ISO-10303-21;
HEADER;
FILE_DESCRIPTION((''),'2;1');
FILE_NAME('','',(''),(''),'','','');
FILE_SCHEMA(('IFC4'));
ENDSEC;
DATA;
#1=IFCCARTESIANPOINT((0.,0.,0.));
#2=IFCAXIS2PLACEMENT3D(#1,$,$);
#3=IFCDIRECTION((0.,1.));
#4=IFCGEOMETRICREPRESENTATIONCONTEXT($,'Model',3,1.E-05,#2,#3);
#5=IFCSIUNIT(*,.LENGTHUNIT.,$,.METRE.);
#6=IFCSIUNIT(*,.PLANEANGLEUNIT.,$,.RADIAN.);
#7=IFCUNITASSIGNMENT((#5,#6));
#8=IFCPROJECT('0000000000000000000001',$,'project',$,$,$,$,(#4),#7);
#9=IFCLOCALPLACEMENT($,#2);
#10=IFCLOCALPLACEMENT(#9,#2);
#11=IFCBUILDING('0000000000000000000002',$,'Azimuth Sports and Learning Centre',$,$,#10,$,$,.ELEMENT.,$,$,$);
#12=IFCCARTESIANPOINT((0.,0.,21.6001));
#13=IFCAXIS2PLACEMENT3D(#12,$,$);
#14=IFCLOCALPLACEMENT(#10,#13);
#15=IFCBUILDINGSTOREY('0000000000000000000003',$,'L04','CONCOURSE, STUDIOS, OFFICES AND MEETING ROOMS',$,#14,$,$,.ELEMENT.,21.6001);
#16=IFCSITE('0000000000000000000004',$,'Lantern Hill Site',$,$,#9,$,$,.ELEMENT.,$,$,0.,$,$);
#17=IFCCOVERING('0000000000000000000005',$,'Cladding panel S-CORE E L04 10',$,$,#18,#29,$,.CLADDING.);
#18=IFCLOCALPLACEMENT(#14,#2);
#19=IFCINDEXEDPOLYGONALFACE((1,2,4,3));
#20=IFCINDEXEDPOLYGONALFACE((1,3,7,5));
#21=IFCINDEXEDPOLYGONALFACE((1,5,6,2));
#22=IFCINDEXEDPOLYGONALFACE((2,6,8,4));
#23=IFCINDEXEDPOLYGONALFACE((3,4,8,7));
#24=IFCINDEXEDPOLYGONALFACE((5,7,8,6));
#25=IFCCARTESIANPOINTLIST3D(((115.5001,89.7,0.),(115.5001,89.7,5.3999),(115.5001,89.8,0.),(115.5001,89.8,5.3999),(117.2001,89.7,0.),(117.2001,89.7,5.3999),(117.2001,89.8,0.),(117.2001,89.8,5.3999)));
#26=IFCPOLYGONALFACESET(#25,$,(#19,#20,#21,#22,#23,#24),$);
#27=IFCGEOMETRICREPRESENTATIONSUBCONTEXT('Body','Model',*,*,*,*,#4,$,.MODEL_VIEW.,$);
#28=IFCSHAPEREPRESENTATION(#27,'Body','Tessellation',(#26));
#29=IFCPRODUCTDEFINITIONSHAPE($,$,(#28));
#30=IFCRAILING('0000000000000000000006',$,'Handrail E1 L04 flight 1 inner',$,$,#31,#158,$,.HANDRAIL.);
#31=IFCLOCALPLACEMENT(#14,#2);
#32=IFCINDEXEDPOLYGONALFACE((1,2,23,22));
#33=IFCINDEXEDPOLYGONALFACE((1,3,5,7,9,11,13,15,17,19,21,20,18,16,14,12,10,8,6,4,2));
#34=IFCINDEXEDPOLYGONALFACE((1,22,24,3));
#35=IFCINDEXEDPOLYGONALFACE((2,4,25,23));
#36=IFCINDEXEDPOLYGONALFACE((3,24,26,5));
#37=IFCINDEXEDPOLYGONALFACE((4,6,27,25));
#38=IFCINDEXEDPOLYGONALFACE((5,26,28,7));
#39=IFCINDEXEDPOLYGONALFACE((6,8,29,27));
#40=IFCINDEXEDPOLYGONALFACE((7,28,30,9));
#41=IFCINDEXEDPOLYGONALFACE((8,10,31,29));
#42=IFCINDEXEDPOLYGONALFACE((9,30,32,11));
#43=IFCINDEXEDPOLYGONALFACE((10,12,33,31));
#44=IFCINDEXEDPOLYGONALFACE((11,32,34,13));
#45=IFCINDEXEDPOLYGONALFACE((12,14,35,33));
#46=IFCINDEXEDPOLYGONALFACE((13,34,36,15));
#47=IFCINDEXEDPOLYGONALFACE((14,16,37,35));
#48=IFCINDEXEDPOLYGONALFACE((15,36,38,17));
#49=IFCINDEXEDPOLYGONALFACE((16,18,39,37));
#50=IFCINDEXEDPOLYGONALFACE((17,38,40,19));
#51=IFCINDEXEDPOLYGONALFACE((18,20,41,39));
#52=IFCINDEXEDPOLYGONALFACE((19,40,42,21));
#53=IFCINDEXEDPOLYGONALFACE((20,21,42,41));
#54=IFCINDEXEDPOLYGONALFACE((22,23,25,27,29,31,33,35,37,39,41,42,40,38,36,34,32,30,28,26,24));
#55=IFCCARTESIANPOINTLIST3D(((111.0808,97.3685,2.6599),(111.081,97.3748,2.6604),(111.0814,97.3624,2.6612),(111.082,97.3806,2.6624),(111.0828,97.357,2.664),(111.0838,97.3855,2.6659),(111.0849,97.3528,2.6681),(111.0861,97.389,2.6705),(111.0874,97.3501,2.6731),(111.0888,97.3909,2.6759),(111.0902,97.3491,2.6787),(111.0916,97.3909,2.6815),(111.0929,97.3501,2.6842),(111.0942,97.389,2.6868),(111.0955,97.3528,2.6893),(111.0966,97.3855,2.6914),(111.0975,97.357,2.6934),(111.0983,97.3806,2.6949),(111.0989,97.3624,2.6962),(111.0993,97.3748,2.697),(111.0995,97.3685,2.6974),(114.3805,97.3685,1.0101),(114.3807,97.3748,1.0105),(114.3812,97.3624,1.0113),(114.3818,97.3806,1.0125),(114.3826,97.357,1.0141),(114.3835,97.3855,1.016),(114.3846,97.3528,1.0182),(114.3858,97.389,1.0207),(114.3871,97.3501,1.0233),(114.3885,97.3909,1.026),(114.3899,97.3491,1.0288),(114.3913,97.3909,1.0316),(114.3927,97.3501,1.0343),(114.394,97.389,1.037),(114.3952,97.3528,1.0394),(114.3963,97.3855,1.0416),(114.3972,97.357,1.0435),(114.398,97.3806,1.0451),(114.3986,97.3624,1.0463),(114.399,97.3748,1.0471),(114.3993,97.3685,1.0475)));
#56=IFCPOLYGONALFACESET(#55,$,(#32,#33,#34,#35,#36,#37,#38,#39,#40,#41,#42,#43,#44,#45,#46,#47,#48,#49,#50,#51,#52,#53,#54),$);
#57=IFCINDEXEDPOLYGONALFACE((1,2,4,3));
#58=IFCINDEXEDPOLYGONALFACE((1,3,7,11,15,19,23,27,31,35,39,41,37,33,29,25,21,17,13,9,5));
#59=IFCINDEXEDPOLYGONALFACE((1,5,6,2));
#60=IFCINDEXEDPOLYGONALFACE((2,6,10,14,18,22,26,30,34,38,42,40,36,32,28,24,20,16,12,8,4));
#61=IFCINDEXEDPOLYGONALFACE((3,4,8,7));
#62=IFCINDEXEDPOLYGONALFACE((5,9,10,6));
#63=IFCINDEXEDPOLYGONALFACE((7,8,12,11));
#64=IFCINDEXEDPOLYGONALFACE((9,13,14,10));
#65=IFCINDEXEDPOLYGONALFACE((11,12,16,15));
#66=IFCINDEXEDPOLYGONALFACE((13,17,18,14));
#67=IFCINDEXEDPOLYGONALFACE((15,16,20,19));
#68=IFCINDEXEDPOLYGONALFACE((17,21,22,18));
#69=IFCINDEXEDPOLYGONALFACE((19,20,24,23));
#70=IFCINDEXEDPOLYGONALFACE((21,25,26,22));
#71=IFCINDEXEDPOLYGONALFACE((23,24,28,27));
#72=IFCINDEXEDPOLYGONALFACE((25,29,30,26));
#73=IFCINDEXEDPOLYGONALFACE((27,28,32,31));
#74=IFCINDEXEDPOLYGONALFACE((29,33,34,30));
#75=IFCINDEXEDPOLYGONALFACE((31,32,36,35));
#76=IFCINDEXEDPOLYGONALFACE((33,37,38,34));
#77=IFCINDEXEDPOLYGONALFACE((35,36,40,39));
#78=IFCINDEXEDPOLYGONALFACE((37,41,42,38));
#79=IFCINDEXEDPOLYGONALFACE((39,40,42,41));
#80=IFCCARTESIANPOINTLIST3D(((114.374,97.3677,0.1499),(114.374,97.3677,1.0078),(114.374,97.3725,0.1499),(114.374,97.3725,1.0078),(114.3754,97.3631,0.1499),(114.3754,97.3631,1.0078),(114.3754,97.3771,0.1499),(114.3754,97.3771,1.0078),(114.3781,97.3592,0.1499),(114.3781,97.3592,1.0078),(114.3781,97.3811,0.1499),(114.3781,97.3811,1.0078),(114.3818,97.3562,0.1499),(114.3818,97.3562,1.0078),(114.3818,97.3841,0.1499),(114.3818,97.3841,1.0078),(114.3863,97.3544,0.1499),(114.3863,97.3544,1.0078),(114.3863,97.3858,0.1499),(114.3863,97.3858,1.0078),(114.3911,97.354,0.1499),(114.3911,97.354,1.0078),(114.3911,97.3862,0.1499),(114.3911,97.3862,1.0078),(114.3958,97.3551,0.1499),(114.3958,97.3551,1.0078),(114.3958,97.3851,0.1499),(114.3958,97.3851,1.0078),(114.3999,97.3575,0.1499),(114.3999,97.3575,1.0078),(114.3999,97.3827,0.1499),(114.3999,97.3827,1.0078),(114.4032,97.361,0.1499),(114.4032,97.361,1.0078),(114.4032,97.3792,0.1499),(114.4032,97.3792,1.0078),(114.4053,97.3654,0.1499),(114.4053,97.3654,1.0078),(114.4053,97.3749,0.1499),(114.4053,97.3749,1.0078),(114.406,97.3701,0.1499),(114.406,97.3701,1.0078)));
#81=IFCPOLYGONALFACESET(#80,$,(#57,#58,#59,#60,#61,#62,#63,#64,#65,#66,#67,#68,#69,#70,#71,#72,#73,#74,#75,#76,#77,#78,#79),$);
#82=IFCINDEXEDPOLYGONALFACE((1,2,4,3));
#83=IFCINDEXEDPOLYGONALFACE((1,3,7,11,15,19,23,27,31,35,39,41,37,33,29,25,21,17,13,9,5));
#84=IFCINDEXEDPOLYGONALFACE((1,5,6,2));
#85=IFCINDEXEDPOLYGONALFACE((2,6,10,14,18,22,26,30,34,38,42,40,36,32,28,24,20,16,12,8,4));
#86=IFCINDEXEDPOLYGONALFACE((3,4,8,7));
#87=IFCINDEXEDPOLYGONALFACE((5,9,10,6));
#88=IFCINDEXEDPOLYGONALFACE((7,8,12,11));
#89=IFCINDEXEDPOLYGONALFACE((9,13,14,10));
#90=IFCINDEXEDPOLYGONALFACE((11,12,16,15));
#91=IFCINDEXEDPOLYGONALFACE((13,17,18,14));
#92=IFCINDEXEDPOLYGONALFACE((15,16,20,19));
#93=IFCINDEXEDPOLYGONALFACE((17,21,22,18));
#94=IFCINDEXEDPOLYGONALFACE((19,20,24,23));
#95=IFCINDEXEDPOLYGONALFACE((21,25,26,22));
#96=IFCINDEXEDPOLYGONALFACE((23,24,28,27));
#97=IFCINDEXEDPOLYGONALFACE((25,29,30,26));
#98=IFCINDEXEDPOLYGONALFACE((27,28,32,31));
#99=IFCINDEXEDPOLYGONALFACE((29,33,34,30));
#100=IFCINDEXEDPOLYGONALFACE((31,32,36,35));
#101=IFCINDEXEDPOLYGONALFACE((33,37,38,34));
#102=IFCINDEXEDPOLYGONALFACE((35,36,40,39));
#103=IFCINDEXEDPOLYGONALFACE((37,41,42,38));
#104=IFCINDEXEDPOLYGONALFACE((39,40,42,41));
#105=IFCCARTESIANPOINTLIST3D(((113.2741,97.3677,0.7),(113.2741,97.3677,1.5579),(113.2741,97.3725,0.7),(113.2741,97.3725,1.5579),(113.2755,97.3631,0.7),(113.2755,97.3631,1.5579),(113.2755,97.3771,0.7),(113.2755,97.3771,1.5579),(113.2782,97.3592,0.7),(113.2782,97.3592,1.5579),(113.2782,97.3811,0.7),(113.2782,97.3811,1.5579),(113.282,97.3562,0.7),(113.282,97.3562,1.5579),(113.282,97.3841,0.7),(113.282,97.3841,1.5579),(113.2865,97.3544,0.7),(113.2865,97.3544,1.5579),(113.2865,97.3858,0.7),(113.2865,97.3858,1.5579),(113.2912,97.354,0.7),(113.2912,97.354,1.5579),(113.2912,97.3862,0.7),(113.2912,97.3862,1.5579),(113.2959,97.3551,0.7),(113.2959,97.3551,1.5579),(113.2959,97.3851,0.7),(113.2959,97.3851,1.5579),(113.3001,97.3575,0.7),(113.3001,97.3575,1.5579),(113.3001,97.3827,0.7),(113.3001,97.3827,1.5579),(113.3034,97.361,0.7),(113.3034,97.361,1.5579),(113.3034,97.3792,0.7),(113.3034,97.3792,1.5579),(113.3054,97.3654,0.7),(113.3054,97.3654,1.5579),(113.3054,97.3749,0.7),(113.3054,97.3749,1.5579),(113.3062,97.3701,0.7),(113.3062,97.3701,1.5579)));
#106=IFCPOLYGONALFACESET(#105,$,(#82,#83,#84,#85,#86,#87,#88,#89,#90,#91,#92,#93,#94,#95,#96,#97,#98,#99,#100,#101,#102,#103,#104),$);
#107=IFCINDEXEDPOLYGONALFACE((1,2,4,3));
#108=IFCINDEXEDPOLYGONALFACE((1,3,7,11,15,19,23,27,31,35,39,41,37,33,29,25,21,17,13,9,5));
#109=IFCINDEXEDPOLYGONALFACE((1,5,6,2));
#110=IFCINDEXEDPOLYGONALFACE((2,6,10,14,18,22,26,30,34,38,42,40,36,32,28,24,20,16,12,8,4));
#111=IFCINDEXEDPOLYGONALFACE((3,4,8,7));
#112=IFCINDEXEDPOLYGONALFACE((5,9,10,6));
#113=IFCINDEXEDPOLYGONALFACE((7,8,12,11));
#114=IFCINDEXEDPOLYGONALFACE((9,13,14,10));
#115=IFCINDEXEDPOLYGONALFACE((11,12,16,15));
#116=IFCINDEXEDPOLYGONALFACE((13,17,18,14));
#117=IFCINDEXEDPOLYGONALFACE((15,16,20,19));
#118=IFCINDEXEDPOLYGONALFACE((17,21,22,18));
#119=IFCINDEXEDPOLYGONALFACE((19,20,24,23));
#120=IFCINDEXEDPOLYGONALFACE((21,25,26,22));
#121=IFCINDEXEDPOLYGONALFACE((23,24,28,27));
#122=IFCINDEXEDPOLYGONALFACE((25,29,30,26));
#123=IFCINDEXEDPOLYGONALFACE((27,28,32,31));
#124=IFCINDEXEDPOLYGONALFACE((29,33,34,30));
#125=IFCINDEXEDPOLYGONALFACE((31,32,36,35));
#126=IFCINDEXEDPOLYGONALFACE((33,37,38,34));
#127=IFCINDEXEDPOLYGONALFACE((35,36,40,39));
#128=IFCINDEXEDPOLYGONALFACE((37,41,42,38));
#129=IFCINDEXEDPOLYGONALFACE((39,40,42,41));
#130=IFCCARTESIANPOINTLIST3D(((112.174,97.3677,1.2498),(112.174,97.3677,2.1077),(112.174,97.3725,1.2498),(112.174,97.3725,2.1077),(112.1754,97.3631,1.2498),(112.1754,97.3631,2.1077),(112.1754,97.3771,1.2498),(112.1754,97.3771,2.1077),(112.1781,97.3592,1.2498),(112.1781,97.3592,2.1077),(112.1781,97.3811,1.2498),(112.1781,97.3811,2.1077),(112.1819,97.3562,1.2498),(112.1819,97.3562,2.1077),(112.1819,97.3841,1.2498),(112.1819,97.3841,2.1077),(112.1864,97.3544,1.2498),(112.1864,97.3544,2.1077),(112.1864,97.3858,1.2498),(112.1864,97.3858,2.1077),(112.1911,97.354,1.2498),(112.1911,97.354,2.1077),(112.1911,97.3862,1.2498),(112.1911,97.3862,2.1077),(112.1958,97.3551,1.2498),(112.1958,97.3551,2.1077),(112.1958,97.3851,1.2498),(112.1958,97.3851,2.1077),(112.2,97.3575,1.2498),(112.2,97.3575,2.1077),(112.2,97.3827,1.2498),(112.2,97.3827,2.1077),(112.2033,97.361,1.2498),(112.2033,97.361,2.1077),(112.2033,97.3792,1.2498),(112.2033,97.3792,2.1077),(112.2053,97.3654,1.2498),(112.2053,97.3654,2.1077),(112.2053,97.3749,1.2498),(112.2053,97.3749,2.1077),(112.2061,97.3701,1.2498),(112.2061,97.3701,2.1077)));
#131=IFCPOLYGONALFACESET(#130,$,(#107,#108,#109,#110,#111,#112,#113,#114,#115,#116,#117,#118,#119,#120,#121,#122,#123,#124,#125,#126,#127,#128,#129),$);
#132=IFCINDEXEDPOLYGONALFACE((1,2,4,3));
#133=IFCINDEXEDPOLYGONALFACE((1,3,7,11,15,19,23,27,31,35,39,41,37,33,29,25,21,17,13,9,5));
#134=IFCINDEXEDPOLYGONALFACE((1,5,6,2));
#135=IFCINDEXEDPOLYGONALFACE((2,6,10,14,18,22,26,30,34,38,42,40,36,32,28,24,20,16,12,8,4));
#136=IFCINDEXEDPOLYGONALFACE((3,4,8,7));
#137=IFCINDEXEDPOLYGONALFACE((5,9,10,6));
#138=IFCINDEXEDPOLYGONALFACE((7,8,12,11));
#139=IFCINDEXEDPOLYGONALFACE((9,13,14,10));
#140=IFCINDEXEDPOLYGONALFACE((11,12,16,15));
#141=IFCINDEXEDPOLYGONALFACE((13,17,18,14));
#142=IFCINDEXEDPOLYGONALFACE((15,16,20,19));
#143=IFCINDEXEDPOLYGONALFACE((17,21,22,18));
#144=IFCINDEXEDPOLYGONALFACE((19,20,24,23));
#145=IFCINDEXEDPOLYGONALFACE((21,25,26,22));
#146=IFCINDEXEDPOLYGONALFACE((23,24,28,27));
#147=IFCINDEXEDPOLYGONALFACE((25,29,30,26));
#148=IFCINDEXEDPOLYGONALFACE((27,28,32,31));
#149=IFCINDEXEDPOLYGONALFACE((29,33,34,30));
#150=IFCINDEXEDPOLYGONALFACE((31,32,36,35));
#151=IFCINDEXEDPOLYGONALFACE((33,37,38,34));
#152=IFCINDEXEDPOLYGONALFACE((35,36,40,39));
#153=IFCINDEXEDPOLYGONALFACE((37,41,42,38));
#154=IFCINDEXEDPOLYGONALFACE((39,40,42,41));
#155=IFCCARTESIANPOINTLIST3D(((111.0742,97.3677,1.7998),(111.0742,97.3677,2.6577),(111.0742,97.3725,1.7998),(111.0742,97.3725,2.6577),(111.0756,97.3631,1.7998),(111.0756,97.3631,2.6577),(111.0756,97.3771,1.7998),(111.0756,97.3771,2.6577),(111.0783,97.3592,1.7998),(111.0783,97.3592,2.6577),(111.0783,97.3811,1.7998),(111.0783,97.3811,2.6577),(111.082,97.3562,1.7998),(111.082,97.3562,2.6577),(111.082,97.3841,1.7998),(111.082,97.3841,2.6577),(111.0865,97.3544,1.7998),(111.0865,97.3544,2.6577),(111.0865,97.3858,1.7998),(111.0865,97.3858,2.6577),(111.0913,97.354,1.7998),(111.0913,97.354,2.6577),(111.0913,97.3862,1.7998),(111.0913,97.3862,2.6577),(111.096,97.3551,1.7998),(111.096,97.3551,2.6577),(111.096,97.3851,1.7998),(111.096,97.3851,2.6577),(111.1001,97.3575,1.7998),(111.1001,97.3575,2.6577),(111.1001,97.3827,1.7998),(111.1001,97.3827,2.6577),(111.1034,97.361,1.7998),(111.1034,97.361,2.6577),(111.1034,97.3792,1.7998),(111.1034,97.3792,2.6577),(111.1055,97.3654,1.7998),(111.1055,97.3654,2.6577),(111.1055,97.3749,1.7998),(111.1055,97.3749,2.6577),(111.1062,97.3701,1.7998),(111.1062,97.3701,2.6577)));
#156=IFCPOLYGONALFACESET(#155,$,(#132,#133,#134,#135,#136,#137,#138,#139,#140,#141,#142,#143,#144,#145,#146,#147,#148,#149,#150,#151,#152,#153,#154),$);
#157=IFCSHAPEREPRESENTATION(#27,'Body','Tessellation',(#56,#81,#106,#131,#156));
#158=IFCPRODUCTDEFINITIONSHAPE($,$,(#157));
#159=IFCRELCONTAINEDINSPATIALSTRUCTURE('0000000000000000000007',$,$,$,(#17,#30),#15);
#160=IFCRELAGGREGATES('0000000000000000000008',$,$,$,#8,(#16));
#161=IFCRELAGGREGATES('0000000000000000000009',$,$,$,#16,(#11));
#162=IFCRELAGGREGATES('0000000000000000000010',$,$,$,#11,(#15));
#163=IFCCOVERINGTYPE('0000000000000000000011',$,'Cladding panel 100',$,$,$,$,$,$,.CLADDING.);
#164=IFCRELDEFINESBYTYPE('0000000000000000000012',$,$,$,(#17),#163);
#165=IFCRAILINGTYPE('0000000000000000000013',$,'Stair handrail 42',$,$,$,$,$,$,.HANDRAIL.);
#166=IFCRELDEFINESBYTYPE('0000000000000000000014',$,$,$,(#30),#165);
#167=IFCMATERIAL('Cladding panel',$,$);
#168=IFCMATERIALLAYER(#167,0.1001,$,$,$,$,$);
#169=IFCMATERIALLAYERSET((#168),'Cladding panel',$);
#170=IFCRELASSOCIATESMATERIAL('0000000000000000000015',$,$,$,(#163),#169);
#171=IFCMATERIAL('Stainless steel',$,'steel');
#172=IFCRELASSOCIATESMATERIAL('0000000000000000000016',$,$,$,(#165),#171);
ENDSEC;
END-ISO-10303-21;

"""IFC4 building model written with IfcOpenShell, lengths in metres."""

from ifc_helpers import new_model, si_unit, direction, frame, origin, origin_2d, place, context, subcontext, project, spatial, rectangle, circle, extrude, material, layer, layer_set, type_object, element, save


model = new_model("IFC4")

# Units and contexts
model_context = context("Model", 3, precision=1e-05, world=origin(), true_north=direction((0.0, 1.0)))
body_context = subcontext(model_context, "Body", "Model", "MODEL_VIEW")
ifc_project = project(units=[si_unit("LENGTHUNIT", "METRE"), si_unit("PLANEANGLEUNIT", "RADIAN")], contexts=[model_context])

# Site, building, storey
site_placement = place(None, origin())
site = spatial("IfcSite", under=ifc_project, at=site_placement, Name="Lantern Hill Site", CompositionType="ELEMENT", RefElevation=0.0)
building_placement = place(site_placement, origin())
building = spatial("IfcBuilding", under=site, at=building_placement, Name="Azimuth Sports and Learning Centre", CompositionType="ELEMENT")
storey_placement = place(building_placement, frame((0.0, 0.0, 21.6001)))
storey = spatial("IfcBuildingStorey", under=building, at=storey_placement, Name="L04", Description="CONCOURSE, STUDIOS, OFFICES AND MEETING ROOMS", CompositionType="ELEMENT", Elevation=21.6001)

# Covering
ifc_material_1 = material(Name="Cladding panel")
ifc_layer_1 = layer(ifc_material_1, 0.1001)
ifc_layer_set_1 = layer_set([ifc_layer_1], Name="Cladding panel")
covering_type = type_object("IfcCoveringType", Name="Cladding panel 100", PredefinedType="CLADDING", material=ifc_layer_set_1)
covering_1_placement = place(storey_placement, frame((116.3501, 89.75, 0.0), z_axis=(0.0, 0.0, 1.0), x_axis=(1.0, 0.0, 0.0)))
element("IfcCovering", 1, at=covering_1_placement, inside=storey, type_object=covering_type, Name="Cladding panel S-CORE E L04 10", PredefinedType="CLADDING", context=body_context, shape_type="SweptSolid", body=[
    extrude(rectangle(XDim=1.7, YDim=0.1001, at=origin_2d()), origin(), (0.0, 0.0, 1.0), 5.3999),
])

# Railing
ifc_material_2 = material(Name="Stainless steel", Category="steel")
railing_type_1 = type_object("IfcRailingType", Name="Stair handrail 42", PredefinedType="HANDRAIL", material=ifc_material_2)
for number, where, name in (
    (2, (114.3899, 97.3701, 0.1499), "Handrail E1 L04 flight 1 inner"),
):
    element("IfcRailing", number, at=place(storey_placement, frame(where)), inside=storey, type_object=railing_type_1, Name=name, PredefinedType="HANDRAIL", context=body_context, shape_type="SweptSolid", body=[
        extrude(circle(Radius=0.021, at=origin_2d()), frame((0.0, 0.0, 0.8789), z_axis=(-0.894427, 0.0, 0.447214), x_axis=(0.0, -1.0, 0.0)), (0.0, 0.0, 1.0), 3.6892),
        extrude(circle(Radius=0.0161, at=origin_2d()), origin(), (0.0, 0.0, 1.0), 0.8579),
        extrude(circle(Radius=0.0161, at=origin_2d()), frame((-1.0999, 0.0, 0.55)), (0.0, 0.0, 1.0), 0.8579),
        extrude(circle(Radius=0.0161, at=origin_2d()), frame((-2.2, 0.0, 1.0999)), (0.0, 0.0, 1.0), 0.8579),
        extrude(circle(Radius=0.0161, at=origin_2d()), frame((-3.2998, 0.0, 1.6499)), (0.0, 0.0, 1.0), 0.8579),
    ])

save(model, "model.ifc")
